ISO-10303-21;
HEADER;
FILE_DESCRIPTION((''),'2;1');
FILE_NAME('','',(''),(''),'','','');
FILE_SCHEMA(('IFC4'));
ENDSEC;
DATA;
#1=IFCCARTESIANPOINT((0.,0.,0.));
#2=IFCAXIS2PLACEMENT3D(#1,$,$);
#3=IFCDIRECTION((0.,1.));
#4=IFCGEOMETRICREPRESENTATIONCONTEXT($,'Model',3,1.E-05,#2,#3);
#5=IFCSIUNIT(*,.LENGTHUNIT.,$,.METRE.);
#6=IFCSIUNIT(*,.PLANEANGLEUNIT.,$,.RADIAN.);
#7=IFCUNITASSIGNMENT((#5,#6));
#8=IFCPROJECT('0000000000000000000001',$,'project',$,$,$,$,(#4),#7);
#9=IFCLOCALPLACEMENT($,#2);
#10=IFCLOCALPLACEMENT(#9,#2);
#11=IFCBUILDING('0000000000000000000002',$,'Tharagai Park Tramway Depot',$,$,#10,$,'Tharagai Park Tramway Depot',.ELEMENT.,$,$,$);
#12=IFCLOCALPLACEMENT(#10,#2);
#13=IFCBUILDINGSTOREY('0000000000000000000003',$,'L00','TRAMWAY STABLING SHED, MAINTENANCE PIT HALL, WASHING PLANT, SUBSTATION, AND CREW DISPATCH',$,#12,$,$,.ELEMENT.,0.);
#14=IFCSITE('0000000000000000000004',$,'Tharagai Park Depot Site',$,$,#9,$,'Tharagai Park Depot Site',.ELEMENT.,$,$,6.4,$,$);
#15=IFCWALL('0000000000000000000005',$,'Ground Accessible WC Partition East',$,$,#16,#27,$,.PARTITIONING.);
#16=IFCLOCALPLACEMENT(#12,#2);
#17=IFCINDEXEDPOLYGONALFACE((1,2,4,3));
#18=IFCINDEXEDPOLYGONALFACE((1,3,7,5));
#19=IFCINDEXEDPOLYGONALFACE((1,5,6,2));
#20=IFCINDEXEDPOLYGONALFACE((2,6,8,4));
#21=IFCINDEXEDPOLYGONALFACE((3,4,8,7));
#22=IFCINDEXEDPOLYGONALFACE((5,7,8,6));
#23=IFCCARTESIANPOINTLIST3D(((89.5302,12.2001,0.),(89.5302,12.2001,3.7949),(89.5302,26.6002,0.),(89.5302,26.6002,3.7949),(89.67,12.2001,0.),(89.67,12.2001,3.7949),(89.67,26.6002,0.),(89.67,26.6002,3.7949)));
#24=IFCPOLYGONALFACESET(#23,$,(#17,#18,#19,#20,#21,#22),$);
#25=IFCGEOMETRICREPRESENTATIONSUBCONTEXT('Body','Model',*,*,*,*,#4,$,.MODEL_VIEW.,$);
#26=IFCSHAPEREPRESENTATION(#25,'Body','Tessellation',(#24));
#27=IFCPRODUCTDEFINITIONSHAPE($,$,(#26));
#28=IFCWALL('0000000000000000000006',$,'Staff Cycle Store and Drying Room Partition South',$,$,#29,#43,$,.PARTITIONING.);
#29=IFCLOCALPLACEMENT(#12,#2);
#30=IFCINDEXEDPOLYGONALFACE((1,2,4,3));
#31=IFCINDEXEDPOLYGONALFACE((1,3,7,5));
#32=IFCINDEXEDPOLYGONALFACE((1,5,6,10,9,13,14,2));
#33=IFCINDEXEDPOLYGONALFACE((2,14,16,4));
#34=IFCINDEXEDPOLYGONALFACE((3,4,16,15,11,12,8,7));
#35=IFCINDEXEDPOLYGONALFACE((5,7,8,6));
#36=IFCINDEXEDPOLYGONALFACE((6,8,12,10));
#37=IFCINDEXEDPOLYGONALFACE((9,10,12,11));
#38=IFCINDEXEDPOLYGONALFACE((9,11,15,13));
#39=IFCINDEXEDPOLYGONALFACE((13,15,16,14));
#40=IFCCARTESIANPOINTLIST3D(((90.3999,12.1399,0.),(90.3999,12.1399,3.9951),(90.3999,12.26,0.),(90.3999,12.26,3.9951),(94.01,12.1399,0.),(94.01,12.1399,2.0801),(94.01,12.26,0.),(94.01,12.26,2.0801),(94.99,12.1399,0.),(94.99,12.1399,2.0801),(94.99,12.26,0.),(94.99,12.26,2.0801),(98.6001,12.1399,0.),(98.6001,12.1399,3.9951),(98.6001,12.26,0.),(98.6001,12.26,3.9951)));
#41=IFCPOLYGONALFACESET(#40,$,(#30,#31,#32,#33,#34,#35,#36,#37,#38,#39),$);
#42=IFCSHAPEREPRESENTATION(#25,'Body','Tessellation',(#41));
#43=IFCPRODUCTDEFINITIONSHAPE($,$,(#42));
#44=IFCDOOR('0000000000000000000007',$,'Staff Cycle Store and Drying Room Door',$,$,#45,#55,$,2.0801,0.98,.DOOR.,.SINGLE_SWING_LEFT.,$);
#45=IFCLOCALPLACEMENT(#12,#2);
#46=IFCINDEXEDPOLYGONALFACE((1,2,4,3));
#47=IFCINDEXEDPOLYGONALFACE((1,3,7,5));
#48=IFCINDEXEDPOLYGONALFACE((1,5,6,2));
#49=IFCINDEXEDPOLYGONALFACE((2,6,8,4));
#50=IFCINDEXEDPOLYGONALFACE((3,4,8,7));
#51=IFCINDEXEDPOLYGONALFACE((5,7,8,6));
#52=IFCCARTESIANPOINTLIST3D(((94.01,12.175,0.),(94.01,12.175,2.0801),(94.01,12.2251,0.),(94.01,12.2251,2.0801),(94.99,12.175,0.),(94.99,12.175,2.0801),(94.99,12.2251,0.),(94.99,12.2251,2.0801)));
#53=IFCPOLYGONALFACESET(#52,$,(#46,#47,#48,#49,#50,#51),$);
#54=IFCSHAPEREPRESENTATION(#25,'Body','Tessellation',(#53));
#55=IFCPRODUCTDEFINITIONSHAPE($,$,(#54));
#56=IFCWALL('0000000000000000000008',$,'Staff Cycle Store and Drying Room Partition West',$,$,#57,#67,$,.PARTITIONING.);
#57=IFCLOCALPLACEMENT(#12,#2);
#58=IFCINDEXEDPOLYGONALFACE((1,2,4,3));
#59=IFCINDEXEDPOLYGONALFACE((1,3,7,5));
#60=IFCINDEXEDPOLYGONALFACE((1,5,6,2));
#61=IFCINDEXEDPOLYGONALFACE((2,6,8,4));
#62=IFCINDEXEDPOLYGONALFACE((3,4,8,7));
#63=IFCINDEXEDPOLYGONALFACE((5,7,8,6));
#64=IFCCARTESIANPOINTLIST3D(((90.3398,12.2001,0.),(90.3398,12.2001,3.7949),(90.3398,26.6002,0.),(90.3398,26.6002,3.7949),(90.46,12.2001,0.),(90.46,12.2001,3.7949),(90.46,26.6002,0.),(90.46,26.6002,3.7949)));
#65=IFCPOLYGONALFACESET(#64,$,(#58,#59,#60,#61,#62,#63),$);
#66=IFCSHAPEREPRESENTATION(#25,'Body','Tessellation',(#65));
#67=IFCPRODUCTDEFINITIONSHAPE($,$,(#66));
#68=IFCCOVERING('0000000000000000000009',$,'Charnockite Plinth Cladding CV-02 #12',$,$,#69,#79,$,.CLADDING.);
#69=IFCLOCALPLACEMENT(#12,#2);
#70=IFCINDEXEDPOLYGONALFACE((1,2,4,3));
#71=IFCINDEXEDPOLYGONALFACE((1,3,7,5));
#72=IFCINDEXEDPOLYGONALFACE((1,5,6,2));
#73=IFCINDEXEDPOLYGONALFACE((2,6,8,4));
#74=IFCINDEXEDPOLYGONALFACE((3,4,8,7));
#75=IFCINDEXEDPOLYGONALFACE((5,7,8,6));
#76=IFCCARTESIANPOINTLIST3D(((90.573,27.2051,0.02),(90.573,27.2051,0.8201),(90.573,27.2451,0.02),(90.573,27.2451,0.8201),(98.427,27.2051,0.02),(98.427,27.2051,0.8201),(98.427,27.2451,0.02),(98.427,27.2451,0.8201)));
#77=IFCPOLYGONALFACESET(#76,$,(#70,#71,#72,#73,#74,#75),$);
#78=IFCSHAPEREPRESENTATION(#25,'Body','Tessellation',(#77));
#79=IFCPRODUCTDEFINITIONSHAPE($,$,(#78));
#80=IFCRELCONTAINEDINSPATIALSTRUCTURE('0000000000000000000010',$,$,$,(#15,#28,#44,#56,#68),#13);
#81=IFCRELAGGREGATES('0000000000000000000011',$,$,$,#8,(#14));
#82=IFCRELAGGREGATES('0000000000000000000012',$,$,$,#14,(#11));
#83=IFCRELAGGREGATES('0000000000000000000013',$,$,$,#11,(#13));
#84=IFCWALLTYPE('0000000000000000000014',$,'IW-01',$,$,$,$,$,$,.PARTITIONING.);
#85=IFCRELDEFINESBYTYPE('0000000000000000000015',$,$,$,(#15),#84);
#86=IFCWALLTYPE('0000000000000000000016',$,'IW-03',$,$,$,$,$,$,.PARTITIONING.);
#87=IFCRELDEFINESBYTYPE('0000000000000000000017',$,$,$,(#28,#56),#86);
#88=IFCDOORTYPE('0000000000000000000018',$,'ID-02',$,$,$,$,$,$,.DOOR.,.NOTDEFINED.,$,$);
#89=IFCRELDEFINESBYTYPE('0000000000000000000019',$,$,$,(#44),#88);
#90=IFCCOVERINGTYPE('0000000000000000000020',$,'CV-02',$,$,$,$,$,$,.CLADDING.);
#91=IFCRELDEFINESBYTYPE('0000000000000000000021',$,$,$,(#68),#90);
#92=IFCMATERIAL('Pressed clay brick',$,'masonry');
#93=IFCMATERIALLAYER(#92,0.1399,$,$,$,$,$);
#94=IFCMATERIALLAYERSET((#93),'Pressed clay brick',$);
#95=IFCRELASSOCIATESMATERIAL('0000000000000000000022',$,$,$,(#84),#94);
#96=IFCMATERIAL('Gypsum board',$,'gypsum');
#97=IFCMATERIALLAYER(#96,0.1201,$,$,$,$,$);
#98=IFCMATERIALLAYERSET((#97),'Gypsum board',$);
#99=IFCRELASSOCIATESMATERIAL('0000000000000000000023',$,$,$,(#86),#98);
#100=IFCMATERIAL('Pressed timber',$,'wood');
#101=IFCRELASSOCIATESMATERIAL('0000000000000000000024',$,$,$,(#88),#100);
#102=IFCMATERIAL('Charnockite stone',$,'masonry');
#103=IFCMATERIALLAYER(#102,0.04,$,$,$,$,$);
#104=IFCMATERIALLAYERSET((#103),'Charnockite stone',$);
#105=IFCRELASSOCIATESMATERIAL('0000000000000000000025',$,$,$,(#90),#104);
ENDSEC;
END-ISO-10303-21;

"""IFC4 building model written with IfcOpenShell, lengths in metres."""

from ifc_helpers import new_model, si_unit, direction, frame, frame_2d, origin, origin_2d, place, context, subcontext, project, spatial, rectangle, extrude, material, layer, layer_set, type_object, element, fill, save


model = new_model("IFC4")

# Units and contexts
model_context = context("Model", 3, precision=1e-05, world=origin(), true_north=direction((0.0, 1.0)))
body_context = subcontext(model_context, "Body", "Model", "MODEL_VIEW")
ifc_project = project(units=[si_unit("LENGTHUNIT", "METRE"), si_unit("PLANEANGLEUNIT", "RADIAN")], contexts=[model_context])

# Site, building, storey
site_placement = place(None, origin())
site = spatial("IfcSite", under=ifc_project, at=site_placement, Name="Tharagai Park Depot Site", LongName="Tharagai Park Depot Site", CompositionType="ELEMENT", RefElevation=6.4)
building_placement = place(site_placement, origin())
building = spatial("IfcBuilding", under=site, at=building_placement, Name="Tharagai Park Tramway Depot", LongName="Tharagai Park Tramway Depot", CompositionType="ELEMENT")
storey_placement = place(building_placement, origin())
storey = spatial("IfcBuildingStorey", under=building, at=storey_placement, Name="L00", Description="TRAMWAY STABLING SHED, MAINTENANCE PIT HALL, WASHING PLANT, SUBSTATION, AND CREW DISPATCH", CompositionType="ELEMENT", Elevation=0.0)

# Shared definitions
ifc_material_1 = material(Name="Charnockite stone", Category="masonry")

# Wall
ifc_material_2 = material(Name="Pressed clay brick", Category="masonry")
ifc_layer_1 = layer(ifc_material_2, 0.1399)
ifc_layer_set_1 = layer_set([ifc_layer_1], Name="Pressed clay brick")
wall_type_1 = type_object("IfcWallType", Name="IW-01", PredefinedType="PARTITIONING", material=ifc_layer_set_1)
wall_1_placement = place(storey_placement, frame((89.6001, 12.2, 0.0), z_axis=(0.0, 0.0, 1.0), x_axis=(0.0, 1.0, 0.0)))
element("IfcWall", 1, at=wall_1_placement, inside=storey, type_object=wall_type_1, Name="Ground Accessible WC Partition East", PredefinedType="PARTITIONING", context=body_context, shape_type="SweptSolid", body=[
    extrude(rectangle(XDim=14.4001, YDim=0.1399, at=frame_2d((7.2002, 0.0))), origin(), (0.0, 0.0, 1.0), 3.7949),
])

# Wall, opening, door
ifc_material_3 = material(Name="Gypsum board", Category="gypsum")
ifc_layer_2 = layer(ifc_material_3, 0.1201)
ifc_layer_set_2 = layer_set([ifc_layer_2], Name="Gypsum board")
wall_type_2 = type_object("IfcWallType", Name="IW-03", PredefinedType="PARTITIONING", material=ifc_layer_set_2)
wall_2_placement = place(storey_placement, frame((90.3999, 12.2, 0.0), z_axis=(0.0, 0.0, 1.0), x_axis=(1.0, 0.0, 0.0)))
wall_2 = element("IfcWall", 2, at=wall_2_placement, inside=storey, type_object=wall_type_2, Name="Staff Cycle Store and Drying Room Partition South", PredefinedType="PARTITIONING", context=body_context, shape_type="SweptSolid", body=[
    extrude(rectangle(XDim=8.2002, YDim=0.1201, at=frame_2d((4.1001, 0.0))), origin(), (0.0, 0.0, 1.0), 3.9951),
])
opening_1_placement = place(wall_2_placement, frame((3.6101, 0.0, 0.0)))
opening_1 = element("IfcOpeningElement", 3, at=opening_1_placement, cuts=wall_2, PredefinedType="OPENING", context=body_context, shape_type="SweptSolid", body=[
    extrude(rectangle(XDim=0.98, YDim=2.0801, at=frame_2d((0.49, 1.04))), frame((0.0, 0.0701, 0.0), z_axis=(0.0, -1.0, 0.0), x_axis=(1.0, 0.0, 0.0)), (0.0, 0.0, 1.0), 0.1401),
])
ifc_material_4 = material(Name="Pressed timber", Category="wood")
door_type_1 = type_object("IfcDoorType", Name="ID-02", OperationType="NOTDEFINED", PredefinedType="DOOR", material=ifc_material_4)
door_1_placement = place(opening_1_placement, frame((0.98, 0.0, 0.0), z_axis=(0.0, 0.0, 1.0), x_axis=(-1.0, 0.0, 0.0)))
door_1 = element("IfcDoor", 4, at=door_1_placement, inside=storey, type_object=door_type_1, Name="Staff Cycle Store and Drying Room Door", OperationType="SINGLE_SWING_LEFT", OverallHeight=2.0801, OverallWidth=0.98, PredefinedType="DOOR", context=body_context, shape_type="SweptSolid", body=[
    extrude(rectangle(XDim=0.98, YDim=2.0801, at=frame_2d((0.49, 1.04))), frame((0.0, 0.0249, 0.0), z_axis=(0.0, -1.0, 0.0), x_axis=(1.0, 0.0, 0.0)), (0.0, 0.0, 1.0), 0.05),
])
fill(opening_1, door_1)

# Wall
wall_3_placement = place(storey_placement, frame((90.3999, 12.2, 0.0), z_axis=(0.0, 0.0, 1.0), x_axis=(0.0, 1.0, 0.0)))
element("IfcWall", 5, at=wall_3_placement, inside=storey, type_object=wall_type_2, Name="Staff Cycle Store and Drying Room Partition West", PredefinedType="PARTITIONING", context=body_context, shape_type="SweptSolid", body=[
    extrude(rectangle(XDim=14.4001, YDim=0.1201, at=frame_2d((7.2002, 0.0))), origin(), (0.0, 0.0, 1.0), 3.7949),
])

# Covering
ifc_layer_3 = layer(ifc_material_1, 0.04)
ifc_layer_set_3 = layer_set([ifc_layer_3], Name="Charnockite stone")
covering_type = type_object("IfcCoveringType", Name="CV-02", PredefinedType="CLADDING", material=ifc_layer_set_3)
covering_placement = place(storey_placement, frame((94.5, 27.2251, 0.02), z_axis=(0.0, 0.0, 1.0), x_axis=(1.0, 0.0, 0.0)))
element("IfcCovering", 6, at=covering_placement, inside=storey, type_object=covering_type, Name="Charnockite Plinth Cladding CV-02 #12", PredefinedType="CLADDING", context=body_context, shape_type="SweptSolid", body=[
    extrude(rectangle(XDim=7.854, YDim=0.04, at=origin_2d()), origin(), (0.0, 0.0, 1.0), 0.8),
])

save(model, "model.ifc")
